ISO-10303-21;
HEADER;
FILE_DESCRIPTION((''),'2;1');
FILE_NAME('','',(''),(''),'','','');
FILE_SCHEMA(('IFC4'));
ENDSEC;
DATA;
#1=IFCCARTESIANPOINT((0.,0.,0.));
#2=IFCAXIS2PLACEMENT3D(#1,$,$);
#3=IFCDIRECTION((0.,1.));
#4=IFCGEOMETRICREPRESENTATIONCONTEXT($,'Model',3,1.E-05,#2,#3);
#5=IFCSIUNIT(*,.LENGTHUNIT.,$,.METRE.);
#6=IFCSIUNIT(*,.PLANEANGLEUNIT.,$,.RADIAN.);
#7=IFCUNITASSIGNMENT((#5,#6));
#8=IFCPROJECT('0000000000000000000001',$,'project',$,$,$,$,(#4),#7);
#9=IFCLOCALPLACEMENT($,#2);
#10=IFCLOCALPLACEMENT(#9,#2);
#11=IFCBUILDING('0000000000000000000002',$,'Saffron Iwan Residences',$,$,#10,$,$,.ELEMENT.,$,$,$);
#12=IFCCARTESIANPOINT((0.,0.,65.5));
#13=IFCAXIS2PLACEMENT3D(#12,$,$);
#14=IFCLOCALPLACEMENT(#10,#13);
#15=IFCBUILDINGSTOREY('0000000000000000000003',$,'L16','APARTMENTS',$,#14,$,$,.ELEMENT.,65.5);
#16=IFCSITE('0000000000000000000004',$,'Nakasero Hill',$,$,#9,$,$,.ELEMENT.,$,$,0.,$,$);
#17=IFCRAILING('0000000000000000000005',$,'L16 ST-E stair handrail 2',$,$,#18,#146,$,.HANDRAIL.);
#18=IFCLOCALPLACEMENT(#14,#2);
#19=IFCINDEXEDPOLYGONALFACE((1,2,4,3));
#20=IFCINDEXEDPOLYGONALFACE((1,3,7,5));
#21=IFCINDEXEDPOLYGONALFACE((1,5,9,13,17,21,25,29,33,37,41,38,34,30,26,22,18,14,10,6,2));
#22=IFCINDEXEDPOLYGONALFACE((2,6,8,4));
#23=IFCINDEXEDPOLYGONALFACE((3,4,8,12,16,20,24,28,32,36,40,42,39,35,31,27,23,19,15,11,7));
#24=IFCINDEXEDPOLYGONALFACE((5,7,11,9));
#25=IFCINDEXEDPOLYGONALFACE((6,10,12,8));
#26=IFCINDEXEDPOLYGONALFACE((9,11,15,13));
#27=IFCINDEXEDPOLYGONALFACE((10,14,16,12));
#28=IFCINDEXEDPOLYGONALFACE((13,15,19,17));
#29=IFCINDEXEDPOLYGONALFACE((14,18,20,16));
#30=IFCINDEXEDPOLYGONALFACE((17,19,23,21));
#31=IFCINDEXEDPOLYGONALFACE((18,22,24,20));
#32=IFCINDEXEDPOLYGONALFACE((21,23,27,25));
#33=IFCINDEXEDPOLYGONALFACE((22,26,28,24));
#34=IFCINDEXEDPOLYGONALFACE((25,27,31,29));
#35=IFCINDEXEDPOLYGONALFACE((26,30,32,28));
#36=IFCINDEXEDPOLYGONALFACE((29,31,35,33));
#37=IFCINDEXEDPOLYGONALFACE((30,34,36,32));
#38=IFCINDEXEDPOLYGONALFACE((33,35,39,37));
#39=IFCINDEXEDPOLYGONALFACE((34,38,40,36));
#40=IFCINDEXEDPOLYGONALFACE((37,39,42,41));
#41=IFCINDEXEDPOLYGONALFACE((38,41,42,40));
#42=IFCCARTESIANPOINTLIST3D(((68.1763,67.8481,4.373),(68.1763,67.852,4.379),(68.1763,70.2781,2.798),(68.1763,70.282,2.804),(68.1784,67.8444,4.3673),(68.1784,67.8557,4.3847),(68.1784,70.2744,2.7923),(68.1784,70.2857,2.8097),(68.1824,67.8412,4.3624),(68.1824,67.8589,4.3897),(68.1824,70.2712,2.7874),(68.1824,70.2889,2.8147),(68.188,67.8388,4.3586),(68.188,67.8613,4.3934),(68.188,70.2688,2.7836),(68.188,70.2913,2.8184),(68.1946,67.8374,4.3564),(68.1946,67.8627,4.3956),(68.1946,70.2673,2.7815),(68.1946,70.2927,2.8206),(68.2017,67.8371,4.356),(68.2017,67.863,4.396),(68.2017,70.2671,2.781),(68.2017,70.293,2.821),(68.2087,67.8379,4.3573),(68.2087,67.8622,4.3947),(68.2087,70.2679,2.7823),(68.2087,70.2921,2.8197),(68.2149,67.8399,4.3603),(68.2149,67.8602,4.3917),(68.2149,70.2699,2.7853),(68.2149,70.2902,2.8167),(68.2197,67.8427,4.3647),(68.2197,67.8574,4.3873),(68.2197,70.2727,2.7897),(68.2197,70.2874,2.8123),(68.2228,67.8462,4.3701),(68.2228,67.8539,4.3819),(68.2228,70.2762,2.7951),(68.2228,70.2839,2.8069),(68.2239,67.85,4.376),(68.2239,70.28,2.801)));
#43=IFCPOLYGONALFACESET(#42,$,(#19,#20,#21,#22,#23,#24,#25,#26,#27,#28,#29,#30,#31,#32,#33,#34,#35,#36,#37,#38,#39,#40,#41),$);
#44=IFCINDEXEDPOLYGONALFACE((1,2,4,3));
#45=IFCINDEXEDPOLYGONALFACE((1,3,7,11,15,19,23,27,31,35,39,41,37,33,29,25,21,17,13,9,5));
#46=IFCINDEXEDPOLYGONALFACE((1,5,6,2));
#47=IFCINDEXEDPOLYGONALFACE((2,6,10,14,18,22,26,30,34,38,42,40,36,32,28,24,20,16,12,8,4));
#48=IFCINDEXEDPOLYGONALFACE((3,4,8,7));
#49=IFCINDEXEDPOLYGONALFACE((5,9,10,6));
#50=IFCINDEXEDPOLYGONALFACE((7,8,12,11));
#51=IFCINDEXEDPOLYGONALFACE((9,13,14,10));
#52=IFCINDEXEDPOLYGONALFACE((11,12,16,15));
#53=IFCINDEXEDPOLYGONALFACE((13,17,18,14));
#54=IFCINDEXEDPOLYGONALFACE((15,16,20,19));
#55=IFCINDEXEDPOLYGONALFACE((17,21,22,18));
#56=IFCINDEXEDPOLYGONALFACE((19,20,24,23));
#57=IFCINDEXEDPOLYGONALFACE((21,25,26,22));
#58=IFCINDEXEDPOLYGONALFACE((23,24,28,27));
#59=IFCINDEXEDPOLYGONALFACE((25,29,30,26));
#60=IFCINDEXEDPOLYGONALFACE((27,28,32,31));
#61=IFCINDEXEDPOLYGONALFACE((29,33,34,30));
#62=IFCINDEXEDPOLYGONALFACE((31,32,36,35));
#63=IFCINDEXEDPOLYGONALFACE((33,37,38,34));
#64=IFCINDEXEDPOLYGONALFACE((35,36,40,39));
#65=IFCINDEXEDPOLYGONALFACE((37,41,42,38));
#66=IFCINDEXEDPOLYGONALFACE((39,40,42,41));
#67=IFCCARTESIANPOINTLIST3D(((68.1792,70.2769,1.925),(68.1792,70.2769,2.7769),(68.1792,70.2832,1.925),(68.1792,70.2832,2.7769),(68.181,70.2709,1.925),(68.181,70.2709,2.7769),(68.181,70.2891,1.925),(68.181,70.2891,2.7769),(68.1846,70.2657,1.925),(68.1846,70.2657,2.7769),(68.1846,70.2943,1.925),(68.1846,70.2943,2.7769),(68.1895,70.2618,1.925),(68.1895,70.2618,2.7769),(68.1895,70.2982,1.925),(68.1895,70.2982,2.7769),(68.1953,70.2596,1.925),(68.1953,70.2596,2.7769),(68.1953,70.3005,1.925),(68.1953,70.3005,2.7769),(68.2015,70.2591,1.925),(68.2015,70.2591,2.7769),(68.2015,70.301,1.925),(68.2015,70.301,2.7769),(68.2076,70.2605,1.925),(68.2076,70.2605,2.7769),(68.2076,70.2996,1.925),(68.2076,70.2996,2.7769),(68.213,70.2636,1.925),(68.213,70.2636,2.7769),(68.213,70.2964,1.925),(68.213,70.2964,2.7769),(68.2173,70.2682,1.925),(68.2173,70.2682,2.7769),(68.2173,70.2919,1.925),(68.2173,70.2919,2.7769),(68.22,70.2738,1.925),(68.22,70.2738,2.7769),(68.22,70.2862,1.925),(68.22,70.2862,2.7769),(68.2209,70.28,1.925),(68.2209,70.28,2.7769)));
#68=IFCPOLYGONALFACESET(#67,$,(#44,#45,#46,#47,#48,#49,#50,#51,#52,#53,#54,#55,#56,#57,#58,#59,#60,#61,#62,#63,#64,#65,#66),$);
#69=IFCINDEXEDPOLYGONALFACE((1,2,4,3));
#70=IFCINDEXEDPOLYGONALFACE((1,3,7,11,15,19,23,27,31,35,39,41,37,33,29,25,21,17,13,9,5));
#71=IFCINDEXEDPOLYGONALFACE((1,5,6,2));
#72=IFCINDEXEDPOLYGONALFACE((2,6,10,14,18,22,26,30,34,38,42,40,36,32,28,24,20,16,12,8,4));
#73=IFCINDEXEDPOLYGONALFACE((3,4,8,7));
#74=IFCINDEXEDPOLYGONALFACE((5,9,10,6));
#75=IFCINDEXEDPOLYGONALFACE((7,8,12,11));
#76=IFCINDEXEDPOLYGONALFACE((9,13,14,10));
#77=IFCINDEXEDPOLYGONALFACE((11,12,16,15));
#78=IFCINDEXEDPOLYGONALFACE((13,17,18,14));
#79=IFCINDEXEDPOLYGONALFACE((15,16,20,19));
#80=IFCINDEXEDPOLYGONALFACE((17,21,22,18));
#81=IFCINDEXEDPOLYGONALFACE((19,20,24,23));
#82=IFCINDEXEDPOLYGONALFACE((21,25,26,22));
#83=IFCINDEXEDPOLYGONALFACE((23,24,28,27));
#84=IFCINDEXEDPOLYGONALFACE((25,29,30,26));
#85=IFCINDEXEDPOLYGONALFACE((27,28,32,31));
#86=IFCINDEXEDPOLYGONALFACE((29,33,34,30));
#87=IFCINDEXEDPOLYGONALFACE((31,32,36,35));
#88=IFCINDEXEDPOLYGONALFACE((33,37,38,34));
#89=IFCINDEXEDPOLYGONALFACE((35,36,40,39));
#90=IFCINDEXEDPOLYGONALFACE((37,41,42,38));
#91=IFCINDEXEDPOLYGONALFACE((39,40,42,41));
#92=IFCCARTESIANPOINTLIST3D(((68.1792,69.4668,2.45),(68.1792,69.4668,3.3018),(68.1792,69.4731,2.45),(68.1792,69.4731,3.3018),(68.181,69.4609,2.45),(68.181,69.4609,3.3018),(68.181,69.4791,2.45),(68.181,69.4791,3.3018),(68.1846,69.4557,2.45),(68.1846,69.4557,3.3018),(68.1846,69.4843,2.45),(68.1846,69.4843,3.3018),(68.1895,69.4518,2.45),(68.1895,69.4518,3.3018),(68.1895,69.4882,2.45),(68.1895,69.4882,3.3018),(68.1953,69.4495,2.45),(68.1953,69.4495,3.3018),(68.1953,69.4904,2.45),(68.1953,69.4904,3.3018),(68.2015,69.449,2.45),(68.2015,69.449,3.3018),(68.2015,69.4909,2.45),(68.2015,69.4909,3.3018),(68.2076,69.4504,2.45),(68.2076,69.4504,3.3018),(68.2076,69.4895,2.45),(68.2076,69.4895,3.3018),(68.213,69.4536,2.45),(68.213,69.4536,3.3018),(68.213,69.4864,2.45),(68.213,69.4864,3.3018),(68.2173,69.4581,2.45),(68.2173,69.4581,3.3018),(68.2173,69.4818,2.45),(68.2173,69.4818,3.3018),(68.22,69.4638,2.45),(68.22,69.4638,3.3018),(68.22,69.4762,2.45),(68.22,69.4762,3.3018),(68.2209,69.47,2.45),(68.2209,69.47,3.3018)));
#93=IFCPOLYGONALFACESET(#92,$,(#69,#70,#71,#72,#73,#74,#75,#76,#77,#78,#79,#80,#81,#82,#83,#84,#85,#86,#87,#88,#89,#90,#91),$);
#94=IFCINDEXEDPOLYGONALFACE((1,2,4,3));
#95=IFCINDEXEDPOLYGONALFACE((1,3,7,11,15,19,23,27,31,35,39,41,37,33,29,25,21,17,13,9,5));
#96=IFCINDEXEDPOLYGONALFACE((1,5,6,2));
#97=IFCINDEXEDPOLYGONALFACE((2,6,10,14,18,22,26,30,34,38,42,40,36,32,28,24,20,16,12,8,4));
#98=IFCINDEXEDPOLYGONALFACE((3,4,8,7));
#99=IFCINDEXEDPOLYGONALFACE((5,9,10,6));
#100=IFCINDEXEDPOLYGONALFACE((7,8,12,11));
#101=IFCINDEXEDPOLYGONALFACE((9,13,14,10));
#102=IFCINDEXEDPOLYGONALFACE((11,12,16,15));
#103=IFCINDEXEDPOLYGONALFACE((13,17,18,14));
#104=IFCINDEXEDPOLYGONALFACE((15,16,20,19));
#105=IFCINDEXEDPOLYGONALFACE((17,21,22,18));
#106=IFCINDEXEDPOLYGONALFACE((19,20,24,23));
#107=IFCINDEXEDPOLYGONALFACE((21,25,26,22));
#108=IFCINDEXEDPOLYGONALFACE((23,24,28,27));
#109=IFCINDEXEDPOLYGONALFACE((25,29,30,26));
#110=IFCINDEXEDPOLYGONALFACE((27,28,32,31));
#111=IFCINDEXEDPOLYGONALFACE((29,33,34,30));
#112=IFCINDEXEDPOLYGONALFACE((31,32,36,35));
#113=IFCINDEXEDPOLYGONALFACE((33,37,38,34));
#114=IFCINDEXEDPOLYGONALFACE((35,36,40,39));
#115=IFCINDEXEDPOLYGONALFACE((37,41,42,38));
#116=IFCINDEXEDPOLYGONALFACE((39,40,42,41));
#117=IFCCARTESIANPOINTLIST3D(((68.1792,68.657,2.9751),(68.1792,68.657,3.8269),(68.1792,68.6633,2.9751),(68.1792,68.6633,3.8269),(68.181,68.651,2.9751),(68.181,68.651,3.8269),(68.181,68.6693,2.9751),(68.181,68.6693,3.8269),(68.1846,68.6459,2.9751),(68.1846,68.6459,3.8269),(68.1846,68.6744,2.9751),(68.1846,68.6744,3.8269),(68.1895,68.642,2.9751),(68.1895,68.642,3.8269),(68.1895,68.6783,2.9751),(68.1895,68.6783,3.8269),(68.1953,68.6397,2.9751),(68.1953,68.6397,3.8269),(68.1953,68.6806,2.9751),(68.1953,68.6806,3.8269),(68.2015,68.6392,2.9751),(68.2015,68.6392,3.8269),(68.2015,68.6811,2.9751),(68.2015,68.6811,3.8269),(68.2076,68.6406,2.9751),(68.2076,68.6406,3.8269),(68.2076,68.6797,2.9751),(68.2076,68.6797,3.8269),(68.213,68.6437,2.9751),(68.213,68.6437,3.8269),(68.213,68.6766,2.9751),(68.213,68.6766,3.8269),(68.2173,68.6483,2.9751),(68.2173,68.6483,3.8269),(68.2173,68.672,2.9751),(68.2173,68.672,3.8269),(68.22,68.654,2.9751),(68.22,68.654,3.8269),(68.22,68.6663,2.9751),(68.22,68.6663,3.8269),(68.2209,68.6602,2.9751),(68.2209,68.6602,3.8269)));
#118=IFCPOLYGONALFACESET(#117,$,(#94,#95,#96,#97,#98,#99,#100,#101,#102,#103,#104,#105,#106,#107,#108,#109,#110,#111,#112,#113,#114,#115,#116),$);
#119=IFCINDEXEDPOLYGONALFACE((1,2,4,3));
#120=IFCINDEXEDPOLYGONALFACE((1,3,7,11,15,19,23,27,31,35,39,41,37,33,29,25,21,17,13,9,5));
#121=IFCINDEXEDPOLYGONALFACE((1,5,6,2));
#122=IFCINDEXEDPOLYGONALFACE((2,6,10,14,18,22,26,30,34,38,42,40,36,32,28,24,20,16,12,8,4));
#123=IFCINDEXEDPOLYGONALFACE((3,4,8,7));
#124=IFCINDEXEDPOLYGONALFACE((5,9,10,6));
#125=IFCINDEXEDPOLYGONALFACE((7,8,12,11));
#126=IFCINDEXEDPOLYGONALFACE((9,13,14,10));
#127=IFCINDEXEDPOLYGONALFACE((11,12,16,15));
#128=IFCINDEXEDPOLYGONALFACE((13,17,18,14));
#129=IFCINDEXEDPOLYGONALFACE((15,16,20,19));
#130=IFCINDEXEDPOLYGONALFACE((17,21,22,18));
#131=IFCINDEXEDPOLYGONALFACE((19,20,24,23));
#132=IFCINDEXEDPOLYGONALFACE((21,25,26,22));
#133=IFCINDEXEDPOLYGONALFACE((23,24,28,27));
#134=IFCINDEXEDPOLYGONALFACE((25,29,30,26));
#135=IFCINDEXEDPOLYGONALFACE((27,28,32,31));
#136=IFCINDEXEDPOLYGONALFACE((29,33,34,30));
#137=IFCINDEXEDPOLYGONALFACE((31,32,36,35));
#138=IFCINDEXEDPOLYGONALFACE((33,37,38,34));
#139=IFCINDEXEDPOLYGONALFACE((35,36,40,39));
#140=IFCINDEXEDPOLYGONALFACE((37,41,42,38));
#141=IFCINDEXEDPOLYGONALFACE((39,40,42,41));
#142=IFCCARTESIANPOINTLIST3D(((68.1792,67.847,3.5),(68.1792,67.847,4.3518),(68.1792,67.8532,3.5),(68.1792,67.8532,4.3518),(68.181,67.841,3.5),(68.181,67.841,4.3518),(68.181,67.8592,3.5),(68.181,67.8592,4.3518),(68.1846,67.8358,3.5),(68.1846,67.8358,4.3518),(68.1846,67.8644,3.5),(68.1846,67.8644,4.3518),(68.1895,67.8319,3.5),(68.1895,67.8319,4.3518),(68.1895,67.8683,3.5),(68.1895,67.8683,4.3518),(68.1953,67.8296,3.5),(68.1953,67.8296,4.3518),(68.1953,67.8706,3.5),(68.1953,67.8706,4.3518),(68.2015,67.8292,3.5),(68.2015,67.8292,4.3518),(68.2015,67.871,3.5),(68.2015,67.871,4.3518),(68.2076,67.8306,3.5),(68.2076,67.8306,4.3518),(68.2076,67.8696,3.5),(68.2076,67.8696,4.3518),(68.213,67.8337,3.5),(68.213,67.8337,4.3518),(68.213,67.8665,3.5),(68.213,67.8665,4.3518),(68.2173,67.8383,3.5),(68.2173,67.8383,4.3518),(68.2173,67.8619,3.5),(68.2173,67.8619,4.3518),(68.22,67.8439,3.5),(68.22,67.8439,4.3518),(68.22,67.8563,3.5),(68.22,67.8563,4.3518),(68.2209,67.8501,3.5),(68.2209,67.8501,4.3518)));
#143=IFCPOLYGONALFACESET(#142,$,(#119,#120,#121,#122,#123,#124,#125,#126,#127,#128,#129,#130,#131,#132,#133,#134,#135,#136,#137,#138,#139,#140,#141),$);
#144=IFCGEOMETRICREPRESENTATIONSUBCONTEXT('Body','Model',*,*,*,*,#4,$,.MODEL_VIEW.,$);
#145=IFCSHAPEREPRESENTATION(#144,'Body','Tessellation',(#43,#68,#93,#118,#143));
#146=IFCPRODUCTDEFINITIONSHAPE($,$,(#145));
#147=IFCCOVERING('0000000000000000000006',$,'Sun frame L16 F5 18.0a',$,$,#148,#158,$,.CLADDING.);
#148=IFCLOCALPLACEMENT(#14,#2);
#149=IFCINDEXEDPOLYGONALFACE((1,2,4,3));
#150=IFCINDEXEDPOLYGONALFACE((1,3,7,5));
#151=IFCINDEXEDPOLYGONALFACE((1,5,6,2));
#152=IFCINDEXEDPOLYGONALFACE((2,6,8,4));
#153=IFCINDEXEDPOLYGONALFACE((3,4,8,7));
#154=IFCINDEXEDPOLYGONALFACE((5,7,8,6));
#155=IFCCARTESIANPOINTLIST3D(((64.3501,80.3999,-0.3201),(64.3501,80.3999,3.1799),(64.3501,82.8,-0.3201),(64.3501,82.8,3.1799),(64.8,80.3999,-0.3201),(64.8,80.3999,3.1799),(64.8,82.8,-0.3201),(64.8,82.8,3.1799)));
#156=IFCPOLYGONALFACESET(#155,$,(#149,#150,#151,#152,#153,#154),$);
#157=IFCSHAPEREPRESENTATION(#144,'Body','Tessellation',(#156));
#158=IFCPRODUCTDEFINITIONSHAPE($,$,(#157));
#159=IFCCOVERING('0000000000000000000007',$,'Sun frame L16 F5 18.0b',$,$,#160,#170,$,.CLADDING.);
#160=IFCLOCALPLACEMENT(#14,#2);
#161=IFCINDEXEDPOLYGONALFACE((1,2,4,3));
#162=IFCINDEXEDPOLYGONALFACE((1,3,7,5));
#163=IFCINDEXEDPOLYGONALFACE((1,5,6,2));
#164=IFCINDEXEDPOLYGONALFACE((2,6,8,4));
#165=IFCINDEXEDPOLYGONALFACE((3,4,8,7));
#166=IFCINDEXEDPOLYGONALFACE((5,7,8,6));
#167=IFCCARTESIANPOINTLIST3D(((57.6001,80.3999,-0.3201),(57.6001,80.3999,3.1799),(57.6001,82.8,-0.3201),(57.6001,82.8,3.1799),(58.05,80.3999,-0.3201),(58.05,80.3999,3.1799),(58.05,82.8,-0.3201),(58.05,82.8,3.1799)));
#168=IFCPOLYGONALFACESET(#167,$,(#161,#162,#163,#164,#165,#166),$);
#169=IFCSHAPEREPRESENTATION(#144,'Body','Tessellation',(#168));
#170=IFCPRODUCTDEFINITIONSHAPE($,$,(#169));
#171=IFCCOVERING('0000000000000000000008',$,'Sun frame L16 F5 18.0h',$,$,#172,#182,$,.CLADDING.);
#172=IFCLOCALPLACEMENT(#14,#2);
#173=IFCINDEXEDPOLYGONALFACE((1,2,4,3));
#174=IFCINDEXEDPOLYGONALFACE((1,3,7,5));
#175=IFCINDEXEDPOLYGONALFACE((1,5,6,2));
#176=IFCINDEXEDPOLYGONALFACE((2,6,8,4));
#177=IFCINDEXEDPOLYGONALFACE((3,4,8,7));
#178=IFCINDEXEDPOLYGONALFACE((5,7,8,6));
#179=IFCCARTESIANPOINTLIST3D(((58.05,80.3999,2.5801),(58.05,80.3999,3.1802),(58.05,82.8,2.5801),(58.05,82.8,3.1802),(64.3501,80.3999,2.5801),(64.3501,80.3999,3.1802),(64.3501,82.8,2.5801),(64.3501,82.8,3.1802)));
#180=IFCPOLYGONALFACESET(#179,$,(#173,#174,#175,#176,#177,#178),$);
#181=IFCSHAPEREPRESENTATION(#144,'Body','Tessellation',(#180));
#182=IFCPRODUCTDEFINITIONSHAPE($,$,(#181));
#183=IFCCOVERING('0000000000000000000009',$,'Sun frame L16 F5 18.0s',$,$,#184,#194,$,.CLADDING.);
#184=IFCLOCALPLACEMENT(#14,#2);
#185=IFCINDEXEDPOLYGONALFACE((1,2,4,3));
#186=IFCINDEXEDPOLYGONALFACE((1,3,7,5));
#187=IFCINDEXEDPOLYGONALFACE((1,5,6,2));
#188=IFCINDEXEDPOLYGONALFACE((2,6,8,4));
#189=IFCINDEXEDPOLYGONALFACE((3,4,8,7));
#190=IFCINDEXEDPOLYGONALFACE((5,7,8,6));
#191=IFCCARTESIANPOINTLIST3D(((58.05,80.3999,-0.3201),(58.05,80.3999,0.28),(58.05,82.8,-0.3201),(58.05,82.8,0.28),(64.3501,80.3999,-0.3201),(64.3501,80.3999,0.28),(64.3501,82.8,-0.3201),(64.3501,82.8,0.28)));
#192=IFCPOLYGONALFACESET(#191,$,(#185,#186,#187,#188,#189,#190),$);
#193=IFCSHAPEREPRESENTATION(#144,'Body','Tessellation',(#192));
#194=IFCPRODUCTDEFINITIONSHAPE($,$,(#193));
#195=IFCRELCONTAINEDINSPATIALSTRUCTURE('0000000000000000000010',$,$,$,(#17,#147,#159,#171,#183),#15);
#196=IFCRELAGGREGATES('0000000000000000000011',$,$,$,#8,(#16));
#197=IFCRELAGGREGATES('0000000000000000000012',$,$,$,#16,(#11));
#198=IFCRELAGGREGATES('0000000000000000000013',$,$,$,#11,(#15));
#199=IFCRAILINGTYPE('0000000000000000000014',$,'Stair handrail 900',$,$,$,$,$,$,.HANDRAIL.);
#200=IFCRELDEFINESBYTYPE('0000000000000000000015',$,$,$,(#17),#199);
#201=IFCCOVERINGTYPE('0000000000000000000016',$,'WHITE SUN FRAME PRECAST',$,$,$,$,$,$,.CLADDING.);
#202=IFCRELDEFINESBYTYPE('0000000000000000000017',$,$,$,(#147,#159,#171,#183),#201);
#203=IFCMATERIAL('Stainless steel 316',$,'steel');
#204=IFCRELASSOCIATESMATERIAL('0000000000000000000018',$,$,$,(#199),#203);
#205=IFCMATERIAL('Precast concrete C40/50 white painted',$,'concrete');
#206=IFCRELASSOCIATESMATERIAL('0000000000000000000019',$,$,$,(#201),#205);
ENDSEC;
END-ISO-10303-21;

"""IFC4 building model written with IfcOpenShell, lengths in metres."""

from ifc_helpers import new_model, si_unit, direction, frame, origin, origin_2d, place, context, subcontext, project, spatial, polyline, circle, outline, extrude, material, type_object, element, save


model = new_model("IFC4")

# Units and contexts
model_context = context("Model", 3, precision=1e-05, world=origin(), true_north=direction((0.0, 1.0)))
body_context = subcontext(model_context, "Body", "Model", "MODEL_VIEW")
ifc_project = project(units=[si_unit("LENGTHUNIT", "METRE"), si_unit("PLANEANGLEUNIT", "RADIAN")], contexts=[model_context])

# Site, building, storey
site_placement = place(None, origin())
site = spatial("IfcSite", under=ifc_project, at=site_placement, Name="Nakasero Hill", CompositionType="ELEMENT", RefElevation=0.0)
building_placement = place(site_placement, origin())
building = spatial("IfcBuilding", under=site, at=building_placement, Name="Saffron Iwan Residences", CompositionType="ELEMENT")
storey_placement = place(building_placement, frame((0.0, 0.0, 65.5)))
storey = spatial("IfcBuildingStorey", under=building, at=storey_placement, Name="L16", Description="APARTMENTS", CompositionType="ELEMENT", Elevation=65.5)

# Railing
ifc_material_1 = material(Name="Stainless steel 316", Category="steel")
railing_type_1 = type_object("IfcRailingType", Name="Stair handrail 900", PredefinedType="HANDRAIL", material=ifc_material_1)
railing_1_placement = place(storey_placement, frame((68.2, 70.28, 1.925)))
element("IfcRailing", 1, at=railing_1_placement, inside=storey, type_object=railing_type_1, Name="L16 ST-E stair handrail 2", PredefinedType="HANDRAIL", context=body_context, shape_type="SweptSolid", body=[
    extrude(circle(Radius=0.0239, at=origin_2d()), frame((0.0, 0.0, 0.876), z_axis=(0.0, -0.839154, 0.543894), x_axis=(1.0, 0.0, 0.0)), (0.0, 0.0, 1.0), 2.8958),
    extrude(circle(Radius=0.021, at=origin_2d()), origin(), (0.0, 0.0, 1.0), 0.8518),
    extrude(circle(Radius=0.021, at=origin_2d()), frame((0.0, -0.8101, 0.5249)), (0.0, 0.0, 1.0), 0.8518),
    extrude(circle(Radius=0.021, at=origin_2d()), frame((0.0, -1.6199, 1.05)), (0.0, 0.0, 1.0), 0.8518),
    extrude(circle(Radius=0.021, at=origin_2d()), frame((0.0, -2.4299, 1.575)), (0.0, 0.0, 1.0), 0.8518),
])

# Coverings
ifc_material_2 = material(Name="Precast concrete C40/50 white painted", Category="concrete")
covering_type_1 = type_object("IfcCoveringType", Name="WHITE SUN FRAME PRECAST", PredefinedType="CLADDING", material=ifc_material_2)
for number, where, z_axis, x_axis, name in (
    (2, (64.8, 80.3999, -0.3201), (0.0, 1.0, 0.0), (-1.0, 0.0, 0.0), "Sun frame L16 F5 18.0a"),
    (3, (58.05, 80.3999, -0.3201), (0.0, 1.0, 0.0), (-1.0, 0.0, 0.0), "Sun frame L16 F5 18.0b"),
):
    element("IfcCovering", number, at=place(storey_placement, frame(where, z_axis=z_axis, x_axis=x_axis)), inside=storey, type_object=covering_type_1, Name=name, PredefinedType="CLADDING", context=body_context, shape_type="SweptSolid", body=[
        extrude(outline(polyline([(0.0, 0.0), (0.45, 0.0), (0.45, 3.5), (0.0, 3.5), (0.0, 0.0)])), origin(), (0.0, 0.0, 1.0), 2.4001),
    ])
for number, where, z_axis, x_axis, name in (
    (4, (64.3501, 80.3999, 2.5801), (0.0, 1.0, 0.0), (-1.0, 0.0, 0.0), "Sun frame L16 F5 18.0h"),
    (5, (64.3501, 80.3999, -0.3201), (0.0, 1.0, 0.0), (-1.0, 0.0, 0.0), "Sun frame L16 F5 18.0s"),
):
    element("IfcCovering", number, at=place(storey_placement, frame(where, z_axis=z_axis, x_axis=x_axis)), inside=storey, type_object=covering_type_1, Name=name, PredefinedType="CLADDING", context=body_context, shape_type="SweptSolid", body=[
        extrude(outline(polyline([(0.0, 0.0), (6.3, 0.0), (6.3, 0.6001), (0.0, 0.6001), (0.0, 0.0)])), origin(), (0.0, 0.0, 1.0), 2.4001),
    ])

save(model, "model.ifc")
